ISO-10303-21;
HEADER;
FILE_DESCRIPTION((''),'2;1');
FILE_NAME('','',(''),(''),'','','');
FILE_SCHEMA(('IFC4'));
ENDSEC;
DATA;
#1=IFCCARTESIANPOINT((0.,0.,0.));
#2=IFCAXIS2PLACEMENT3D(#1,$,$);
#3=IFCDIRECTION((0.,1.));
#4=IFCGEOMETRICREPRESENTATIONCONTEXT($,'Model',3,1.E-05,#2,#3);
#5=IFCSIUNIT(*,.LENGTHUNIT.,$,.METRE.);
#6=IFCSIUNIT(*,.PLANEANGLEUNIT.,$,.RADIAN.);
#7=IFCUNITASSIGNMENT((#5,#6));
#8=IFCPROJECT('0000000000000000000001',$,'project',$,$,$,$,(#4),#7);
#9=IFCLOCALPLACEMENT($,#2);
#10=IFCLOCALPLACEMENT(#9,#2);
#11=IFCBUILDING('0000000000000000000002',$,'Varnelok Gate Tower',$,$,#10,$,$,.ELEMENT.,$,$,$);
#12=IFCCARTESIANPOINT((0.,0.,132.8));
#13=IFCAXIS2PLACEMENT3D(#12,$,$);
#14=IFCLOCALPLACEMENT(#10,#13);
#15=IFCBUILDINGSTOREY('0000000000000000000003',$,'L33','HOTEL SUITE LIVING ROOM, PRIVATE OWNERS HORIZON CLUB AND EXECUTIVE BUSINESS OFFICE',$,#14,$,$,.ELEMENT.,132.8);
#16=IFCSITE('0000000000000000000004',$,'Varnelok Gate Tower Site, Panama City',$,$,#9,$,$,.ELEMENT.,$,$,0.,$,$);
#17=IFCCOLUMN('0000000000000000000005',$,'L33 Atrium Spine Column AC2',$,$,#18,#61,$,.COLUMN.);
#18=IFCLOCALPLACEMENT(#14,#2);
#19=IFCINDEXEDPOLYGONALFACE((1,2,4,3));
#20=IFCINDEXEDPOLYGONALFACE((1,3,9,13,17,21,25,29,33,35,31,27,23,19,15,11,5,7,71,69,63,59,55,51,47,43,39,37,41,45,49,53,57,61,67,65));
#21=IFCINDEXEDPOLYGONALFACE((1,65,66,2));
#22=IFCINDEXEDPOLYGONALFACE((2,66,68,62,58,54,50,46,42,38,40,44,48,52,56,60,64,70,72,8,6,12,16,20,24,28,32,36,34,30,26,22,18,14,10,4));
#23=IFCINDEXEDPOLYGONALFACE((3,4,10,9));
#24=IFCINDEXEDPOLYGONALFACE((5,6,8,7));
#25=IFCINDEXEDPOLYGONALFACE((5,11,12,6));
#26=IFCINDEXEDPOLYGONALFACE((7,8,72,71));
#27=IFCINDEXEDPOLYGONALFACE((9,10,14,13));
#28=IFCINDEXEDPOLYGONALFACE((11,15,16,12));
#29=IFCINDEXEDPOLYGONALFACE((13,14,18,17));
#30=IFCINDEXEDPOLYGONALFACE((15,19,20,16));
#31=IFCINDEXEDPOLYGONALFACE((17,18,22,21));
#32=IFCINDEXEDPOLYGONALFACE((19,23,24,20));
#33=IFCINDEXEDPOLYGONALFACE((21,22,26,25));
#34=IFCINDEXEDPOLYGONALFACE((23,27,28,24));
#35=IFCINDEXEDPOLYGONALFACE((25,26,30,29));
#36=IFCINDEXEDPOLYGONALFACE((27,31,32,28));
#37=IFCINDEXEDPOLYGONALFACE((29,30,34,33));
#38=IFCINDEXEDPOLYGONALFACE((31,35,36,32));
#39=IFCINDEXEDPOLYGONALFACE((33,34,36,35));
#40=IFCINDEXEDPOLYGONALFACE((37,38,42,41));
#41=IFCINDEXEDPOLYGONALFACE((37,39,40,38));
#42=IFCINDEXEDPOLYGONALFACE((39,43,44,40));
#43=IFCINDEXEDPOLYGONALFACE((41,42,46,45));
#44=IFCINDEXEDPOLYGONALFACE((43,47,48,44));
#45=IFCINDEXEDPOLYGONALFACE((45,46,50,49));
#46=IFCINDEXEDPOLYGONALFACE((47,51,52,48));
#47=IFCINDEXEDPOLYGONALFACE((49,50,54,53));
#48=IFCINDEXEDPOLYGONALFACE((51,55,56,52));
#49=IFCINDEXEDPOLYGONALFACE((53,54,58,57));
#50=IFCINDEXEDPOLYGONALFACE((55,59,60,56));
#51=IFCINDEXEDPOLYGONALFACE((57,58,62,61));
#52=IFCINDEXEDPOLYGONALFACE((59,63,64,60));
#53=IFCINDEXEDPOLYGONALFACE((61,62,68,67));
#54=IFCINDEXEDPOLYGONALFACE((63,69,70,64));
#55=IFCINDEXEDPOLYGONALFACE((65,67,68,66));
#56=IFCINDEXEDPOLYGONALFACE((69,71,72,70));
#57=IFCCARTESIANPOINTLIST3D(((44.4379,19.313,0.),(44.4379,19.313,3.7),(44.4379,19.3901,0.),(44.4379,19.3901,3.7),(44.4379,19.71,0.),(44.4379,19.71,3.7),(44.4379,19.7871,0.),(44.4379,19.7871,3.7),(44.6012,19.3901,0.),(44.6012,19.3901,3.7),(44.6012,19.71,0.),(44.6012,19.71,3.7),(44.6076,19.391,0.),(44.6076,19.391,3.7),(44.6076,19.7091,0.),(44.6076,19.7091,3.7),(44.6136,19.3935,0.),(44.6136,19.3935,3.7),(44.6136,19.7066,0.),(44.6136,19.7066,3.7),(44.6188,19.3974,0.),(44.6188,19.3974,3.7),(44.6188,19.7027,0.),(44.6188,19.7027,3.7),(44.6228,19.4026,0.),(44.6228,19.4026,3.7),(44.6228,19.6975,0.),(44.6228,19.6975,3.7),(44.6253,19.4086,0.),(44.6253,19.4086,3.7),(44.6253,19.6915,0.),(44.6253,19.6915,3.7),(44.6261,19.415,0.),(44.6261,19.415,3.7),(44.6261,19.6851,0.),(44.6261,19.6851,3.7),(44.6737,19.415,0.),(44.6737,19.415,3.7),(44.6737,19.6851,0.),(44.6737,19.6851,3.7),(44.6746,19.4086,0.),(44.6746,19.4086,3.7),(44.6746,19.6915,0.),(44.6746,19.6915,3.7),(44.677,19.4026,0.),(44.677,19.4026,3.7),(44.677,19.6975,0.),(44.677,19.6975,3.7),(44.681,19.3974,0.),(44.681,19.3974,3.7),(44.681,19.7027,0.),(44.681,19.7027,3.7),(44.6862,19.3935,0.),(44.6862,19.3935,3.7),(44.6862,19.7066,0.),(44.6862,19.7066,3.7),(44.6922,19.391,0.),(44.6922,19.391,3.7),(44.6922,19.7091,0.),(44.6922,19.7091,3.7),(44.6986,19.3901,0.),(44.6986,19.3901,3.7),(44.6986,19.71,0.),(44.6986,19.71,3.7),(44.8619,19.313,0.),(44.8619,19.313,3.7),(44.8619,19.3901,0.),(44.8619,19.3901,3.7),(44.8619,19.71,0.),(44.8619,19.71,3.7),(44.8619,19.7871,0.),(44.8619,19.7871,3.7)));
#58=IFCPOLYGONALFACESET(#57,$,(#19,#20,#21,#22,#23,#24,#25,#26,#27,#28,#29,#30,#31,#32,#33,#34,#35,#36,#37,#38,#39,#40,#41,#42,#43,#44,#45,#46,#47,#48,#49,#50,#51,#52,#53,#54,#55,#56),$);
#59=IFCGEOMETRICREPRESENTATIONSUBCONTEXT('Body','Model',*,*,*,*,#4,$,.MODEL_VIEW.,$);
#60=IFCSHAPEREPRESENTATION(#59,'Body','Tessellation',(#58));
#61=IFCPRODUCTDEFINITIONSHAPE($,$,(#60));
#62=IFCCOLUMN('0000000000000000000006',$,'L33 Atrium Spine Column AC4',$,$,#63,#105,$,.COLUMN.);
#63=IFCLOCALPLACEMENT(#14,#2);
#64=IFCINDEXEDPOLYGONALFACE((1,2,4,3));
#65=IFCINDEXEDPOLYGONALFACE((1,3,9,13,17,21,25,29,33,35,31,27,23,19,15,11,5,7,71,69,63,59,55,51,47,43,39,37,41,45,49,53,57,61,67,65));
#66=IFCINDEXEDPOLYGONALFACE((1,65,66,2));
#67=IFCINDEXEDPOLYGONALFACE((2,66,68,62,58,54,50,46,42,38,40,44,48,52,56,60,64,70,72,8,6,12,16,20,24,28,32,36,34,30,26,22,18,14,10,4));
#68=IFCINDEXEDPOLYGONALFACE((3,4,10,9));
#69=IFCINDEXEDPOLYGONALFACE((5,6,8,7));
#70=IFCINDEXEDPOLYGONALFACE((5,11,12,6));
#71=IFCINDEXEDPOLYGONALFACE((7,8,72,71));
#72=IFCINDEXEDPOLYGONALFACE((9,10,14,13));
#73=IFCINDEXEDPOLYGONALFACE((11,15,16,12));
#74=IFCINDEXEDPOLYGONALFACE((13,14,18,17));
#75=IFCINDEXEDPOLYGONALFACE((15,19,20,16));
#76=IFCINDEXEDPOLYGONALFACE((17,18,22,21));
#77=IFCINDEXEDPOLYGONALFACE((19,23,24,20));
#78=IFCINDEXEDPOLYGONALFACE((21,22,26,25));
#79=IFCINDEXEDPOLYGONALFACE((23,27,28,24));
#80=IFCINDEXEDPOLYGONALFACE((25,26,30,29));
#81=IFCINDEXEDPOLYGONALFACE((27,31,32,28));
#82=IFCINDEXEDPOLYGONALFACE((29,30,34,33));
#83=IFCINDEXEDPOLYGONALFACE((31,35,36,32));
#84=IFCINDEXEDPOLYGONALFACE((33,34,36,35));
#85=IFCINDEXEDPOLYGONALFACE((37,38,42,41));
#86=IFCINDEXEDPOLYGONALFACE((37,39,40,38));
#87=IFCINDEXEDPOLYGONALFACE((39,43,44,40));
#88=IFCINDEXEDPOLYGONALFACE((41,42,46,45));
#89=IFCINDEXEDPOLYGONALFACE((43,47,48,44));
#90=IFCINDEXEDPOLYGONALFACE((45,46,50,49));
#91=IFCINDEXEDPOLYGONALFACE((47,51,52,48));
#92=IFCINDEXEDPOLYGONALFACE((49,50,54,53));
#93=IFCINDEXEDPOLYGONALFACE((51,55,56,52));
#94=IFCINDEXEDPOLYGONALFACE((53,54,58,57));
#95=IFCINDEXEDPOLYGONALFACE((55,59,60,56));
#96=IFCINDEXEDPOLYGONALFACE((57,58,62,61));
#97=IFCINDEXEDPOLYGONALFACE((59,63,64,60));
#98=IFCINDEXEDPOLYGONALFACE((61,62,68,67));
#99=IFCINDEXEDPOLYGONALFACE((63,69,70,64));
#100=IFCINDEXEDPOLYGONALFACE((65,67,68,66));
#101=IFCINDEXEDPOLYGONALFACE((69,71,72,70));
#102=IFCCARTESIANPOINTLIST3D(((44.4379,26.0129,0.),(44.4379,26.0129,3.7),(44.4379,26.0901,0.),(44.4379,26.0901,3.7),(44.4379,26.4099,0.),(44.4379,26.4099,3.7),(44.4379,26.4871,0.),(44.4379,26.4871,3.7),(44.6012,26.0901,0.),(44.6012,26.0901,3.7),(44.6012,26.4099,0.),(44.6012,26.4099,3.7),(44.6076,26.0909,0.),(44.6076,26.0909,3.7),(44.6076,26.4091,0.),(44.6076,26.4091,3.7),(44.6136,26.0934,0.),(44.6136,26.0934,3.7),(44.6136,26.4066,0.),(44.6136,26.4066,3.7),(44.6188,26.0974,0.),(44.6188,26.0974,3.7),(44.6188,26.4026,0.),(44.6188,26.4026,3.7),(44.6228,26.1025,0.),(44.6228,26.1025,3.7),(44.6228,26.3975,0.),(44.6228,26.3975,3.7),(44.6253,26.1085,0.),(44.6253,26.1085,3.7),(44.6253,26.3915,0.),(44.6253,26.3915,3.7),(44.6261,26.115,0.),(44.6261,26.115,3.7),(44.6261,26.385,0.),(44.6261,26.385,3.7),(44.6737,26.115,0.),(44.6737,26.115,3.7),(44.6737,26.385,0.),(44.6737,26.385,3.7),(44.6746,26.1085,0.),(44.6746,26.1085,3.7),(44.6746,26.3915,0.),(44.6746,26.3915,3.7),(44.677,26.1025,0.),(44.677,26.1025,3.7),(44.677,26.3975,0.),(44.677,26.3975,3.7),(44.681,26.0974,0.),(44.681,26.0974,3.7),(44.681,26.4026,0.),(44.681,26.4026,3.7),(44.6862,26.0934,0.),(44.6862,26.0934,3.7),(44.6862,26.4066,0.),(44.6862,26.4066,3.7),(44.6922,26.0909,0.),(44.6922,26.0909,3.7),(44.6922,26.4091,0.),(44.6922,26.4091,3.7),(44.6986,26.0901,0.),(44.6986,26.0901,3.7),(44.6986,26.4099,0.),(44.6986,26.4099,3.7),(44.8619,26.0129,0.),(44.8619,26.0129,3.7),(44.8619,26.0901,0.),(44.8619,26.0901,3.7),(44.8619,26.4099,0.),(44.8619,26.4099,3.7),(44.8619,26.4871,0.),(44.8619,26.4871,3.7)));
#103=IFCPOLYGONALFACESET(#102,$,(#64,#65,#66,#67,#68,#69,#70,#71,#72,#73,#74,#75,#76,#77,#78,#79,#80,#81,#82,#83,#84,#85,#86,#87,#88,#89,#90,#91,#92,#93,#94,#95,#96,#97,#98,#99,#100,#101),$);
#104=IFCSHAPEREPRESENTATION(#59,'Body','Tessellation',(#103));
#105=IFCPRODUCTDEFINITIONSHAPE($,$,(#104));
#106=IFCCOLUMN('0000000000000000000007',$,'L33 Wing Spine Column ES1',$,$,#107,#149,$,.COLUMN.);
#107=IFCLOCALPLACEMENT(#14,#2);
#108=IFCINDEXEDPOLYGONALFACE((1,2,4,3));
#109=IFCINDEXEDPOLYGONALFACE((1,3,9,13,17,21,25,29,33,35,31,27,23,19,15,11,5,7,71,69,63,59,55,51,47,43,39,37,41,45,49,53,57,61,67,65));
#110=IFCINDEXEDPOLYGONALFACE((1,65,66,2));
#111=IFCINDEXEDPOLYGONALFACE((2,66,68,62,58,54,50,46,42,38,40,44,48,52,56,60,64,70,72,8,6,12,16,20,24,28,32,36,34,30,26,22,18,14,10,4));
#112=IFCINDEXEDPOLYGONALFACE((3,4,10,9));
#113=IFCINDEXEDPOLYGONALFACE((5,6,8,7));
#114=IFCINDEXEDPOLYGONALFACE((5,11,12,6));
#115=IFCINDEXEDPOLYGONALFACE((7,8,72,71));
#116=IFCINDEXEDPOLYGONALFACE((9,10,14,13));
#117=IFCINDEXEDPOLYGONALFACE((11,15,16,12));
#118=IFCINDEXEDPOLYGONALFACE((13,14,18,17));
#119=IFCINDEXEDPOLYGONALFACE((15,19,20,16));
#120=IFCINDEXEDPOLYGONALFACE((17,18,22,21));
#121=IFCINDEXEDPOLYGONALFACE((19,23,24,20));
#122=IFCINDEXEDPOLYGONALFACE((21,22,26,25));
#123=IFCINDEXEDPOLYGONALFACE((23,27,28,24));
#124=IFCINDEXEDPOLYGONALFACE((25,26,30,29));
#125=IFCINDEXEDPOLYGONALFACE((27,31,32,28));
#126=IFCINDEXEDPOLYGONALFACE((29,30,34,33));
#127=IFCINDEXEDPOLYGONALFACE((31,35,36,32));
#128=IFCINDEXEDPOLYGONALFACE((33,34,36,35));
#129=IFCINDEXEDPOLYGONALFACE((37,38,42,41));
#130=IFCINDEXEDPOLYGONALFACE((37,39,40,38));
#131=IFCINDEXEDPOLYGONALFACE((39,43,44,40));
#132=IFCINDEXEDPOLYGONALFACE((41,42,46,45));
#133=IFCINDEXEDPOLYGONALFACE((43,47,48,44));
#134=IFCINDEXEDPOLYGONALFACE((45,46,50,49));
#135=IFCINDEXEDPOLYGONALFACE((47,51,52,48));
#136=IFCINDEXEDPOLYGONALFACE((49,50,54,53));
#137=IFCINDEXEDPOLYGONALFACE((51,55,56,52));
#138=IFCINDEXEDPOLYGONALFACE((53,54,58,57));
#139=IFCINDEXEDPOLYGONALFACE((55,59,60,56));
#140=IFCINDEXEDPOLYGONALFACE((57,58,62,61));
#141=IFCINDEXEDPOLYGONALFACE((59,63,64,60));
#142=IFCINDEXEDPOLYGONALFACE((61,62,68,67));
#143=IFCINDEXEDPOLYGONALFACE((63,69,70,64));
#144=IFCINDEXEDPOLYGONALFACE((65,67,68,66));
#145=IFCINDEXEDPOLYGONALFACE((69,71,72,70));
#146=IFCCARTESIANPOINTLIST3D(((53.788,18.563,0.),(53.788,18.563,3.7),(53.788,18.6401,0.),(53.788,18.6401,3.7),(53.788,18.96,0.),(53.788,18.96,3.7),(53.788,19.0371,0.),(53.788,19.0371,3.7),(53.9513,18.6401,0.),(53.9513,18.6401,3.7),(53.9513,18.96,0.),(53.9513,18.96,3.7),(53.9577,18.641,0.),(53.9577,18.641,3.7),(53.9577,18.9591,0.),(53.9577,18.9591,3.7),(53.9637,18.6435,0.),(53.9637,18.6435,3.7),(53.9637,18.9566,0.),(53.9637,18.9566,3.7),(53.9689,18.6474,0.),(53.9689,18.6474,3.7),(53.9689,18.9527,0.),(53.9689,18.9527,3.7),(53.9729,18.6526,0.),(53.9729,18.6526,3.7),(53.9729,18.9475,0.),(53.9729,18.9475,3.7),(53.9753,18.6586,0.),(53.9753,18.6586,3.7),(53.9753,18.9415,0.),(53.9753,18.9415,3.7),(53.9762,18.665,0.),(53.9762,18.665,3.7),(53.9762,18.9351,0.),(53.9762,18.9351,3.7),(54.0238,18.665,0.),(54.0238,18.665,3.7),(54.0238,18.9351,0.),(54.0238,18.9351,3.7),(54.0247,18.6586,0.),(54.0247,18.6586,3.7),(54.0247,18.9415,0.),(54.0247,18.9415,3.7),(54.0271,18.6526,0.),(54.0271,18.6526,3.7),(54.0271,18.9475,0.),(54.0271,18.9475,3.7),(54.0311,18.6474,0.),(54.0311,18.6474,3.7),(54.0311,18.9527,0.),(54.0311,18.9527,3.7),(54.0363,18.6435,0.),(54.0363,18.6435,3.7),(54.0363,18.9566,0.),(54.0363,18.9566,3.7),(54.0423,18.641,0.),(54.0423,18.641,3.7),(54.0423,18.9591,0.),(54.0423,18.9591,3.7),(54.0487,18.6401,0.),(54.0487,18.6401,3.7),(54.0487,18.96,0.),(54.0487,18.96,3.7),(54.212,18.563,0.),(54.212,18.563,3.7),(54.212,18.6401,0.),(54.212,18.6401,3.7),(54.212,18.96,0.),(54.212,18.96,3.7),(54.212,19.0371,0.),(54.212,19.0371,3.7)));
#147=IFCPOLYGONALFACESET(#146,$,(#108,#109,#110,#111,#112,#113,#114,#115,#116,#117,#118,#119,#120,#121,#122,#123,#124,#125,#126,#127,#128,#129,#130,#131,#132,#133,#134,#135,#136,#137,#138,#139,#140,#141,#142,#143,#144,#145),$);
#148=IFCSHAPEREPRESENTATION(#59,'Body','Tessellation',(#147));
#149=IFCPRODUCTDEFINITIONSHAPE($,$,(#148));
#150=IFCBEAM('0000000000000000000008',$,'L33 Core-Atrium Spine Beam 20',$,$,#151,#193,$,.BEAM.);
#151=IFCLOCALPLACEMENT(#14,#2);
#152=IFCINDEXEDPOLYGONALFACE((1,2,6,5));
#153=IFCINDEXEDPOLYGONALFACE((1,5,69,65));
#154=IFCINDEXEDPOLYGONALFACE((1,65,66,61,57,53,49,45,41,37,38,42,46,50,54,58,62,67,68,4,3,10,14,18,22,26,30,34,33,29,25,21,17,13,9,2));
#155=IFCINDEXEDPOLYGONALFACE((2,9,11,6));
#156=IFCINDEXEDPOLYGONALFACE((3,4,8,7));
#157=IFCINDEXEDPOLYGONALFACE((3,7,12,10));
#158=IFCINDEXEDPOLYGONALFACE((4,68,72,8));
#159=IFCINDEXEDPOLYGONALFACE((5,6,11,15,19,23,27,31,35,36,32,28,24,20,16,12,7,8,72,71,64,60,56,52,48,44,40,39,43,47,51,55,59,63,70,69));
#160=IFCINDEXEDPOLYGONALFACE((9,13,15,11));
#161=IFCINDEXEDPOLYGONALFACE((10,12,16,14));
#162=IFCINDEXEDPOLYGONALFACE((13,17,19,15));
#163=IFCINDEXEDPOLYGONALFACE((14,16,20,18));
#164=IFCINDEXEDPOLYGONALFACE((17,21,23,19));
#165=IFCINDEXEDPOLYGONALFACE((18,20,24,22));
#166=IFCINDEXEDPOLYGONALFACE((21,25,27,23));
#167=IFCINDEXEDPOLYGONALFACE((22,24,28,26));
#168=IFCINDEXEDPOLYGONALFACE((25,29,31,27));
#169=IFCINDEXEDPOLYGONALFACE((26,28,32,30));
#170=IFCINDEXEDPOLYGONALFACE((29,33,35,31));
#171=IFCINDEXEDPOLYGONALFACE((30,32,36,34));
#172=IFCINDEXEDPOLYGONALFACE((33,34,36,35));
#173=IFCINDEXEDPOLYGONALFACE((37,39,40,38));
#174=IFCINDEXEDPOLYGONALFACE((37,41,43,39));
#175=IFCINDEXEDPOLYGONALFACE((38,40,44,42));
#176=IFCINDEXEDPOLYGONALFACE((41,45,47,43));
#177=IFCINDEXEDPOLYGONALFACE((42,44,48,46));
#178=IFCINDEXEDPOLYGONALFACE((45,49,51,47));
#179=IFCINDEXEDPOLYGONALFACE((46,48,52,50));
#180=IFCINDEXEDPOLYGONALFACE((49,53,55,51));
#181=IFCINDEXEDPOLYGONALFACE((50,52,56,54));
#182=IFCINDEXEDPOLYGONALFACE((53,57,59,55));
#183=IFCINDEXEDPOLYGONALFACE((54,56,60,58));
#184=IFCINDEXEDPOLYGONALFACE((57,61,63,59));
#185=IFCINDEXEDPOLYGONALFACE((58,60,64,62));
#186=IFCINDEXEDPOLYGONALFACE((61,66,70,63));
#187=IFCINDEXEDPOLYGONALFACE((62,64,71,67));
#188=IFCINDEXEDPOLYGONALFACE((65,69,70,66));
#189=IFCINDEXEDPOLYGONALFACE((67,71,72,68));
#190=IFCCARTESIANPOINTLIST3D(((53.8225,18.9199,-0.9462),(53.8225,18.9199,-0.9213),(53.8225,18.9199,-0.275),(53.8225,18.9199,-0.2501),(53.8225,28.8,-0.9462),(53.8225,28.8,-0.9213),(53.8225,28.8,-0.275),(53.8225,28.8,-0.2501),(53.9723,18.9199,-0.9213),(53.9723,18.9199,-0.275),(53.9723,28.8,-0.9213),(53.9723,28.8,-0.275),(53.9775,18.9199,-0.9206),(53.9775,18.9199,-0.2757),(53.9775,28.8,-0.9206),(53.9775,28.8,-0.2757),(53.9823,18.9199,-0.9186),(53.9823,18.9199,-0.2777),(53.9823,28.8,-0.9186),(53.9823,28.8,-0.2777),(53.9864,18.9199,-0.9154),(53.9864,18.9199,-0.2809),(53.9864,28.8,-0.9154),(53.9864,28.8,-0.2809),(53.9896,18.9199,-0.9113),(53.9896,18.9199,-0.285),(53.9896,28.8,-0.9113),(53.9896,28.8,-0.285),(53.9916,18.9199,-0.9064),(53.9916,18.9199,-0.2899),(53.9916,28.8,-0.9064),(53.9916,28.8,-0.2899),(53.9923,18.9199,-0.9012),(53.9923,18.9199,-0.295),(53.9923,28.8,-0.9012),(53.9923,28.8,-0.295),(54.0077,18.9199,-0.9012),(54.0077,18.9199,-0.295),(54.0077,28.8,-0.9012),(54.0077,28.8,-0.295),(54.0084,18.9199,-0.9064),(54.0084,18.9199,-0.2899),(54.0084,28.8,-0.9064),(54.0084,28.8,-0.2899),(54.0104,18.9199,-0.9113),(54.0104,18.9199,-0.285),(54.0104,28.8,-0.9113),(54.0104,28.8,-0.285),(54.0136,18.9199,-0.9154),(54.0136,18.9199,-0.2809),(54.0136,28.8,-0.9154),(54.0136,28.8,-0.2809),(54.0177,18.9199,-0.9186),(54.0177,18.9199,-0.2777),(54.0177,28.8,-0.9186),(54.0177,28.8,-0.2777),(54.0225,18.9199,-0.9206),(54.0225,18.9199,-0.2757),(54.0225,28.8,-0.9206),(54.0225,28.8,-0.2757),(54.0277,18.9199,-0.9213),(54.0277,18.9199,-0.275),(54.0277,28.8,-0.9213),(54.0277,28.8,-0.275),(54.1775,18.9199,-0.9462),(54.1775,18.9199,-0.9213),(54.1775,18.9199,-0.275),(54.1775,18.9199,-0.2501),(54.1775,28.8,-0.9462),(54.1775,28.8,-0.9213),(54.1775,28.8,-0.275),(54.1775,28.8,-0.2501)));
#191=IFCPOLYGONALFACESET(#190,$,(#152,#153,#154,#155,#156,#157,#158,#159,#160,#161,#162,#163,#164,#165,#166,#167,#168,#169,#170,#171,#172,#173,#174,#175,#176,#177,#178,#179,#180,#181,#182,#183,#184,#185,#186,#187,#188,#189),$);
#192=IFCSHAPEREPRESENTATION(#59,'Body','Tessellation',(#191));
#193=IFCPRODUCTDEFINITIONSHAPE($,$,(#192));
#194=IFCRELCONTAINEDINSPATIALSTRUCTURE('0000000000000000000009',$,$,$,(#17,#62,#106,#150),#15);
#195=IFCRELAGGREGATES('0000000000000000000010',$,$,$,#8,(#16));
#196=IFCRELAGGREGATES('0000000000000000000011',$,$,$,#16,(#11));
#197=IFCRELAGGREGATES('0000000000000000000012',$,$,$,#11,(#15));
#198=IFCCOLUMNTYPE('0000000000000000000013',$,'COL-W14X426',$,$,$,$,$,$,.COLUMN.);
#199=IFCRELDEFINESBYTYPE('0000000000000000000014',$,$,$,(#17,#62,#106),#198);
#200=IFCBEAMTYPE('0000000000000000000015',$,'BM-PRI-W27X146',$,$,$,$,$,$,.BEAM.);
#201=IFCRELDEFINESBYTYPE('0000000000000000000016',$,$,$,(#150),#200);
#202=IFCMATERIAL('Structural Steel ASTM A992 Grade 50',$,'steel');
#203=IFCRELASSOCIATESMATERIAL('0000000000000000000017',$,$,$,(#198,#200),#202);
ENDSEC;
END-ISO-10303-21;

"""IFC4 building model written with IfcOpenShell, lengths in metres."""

from ifc_helpers import new_model, si_unit, direction, frame, origin, origin_2d, place, context, subcontext, project, spatial, i_section, extrude, material, material_profile, profile_set, type_object, element, save


model = new_model("IFC4")

# Units and contexts
model_context = context("Model", 3, precision=1e-05, world=origin(), true_north=direction((0.0, 1.0)))
body_context = subcontext(model_context, "Body", "Model", "MODEL_VIEW")
ifc_project = project(units=[si_unit("LENGTHUNIT", "METRE"), si_unit("PLANEANGLEUNIT", "RADIAN")], contexts=[model_context])

# Site, building, storey
site_placement = place(None, origin())
site = spatial("IfcSite", under=ifc_project, at=site_placement, Name="Varnelok Gate Tower Site, Panama City", CompositionType="ELEMENT", RefElevation=0.0)
building_placement = place(site_placement, origin())
building = spatial("IfcBuilding", under=site, at=building_placement, Name="Varnelok Gate Tower", CompositionType="ELEMENT")
storey_placement = place(building_placement, frame((0.0, 0.0, 132.8)))
storey = spatial("IfcBuildingStorey", under=building, at=storey_placement, Name="L33", Description="HOTEL SUITE LIVING ROOM, PRIVATE OWNERS HORIZON CLUB AND EXECUTIVE BUSINESS OFFICE", CompositionType="ELEMENT", Elevation=132.8)

# Columns
ifc_material_1 = material(Name="Structural Steel ASTM A992 Grade 50", Category="steel")
ifc_material_profile_1 = material_profile(ifc_material_1, i_section(OverallWidth=0.4241, OverallDepth=0.4741, WebThickness=0.0476, FlangeThickness=0.0771, FilletRadius=0.0249, at=origin_2d()), Name="W14X426")
ifc_profile_set_1 = profile_set([ifc_material_profile_1], Name="Structural Steel ASTM A992 Grade 50")
column_type = type_object("IfcColumnType", Name="COL-W14X426", PredefinedType="COLUMN", material=ifc_profile_set_1)
for number, where, z_axis, x_axis, name in (
    (1, (44.6499, 19.55, 0.0), (0.0, 0.0, 1.0), (1.0, 0.0, 0.0), "L33 Atrium Spine Column AC2"),
    (2, (44.6499, 26.25, 0.0), (0.0, 0.0, 1.0), (1.0, 0.0, 0.0), "L33 Atrium Spine Column AC4"),
    (3, (54.0, 18.8, 0.0), (0.0, 0.0, 1.0), (1.0, 0.0, 0.0), "L33 Wing Spine Column ES1"),
):
    element("IfcColumn", number, at=place(storey_placement, frame(where, z_axis=z_axis, x_axis=x_axis)), inside=storey, type_object=column_type, Name=name, PredefinedType="COLUMN", context=body_context, shape_type="SweptSolid", body=[
        extrude(i_section(OverallWidth=0.4241, OverallDepth=0.4741, WebThickness=0.0476, FlangeThickness=0.0771, FilletRadius=0.0249, at=origin_2d()), origin(), (0.0, 0.0, 1.0), 3.7),
    ])

# Beam
ifc_material_profile_2 = material_profile(ifc_material_1, i_section(OverallWidth=0.355, OverallDepth=0.696, WebThickness=0.0154, FlangeThickness=0.0249, FilletRadius=0.02, at=origin_2d()), Name="W27X146")
ifc_profile_set_2 = profile_set([ifc_material_profile_2], Name="Structural Steel ASTM A992 Grade 50")
beam_type_1 = type_object("IfcBeamType", Name="BM-PRI-W27X146", PredefinedType="BEAM", material=ifc_profile_set_2)
beam_1_placement = place(storey_placement, frame((54.0, 18.9199, -0.5981), z_axis=(0.0, 1.0, 0.0), x_axis=(-1.0, 0.0, 0.0)))
element("IfcBeam", 4, at=beam_1_placement, inside=storey, type_object=beam_type_1, Name="L33 Core-Atrium Spine Beam 20", PredefinedType="BEAM", context=body_context, shape_type="SweptSolid", body=[
    extrude(i_section(OverallWidth=0.355, OverallDepth=0.696, WebThickness=0.0154, FlangeThickness=0.0249, FilletRadius=0.02, at=origin_2d()), origin(), (0.0, 0.0, 1.0), 9.8801),
])

save(model, "model.ifc")
